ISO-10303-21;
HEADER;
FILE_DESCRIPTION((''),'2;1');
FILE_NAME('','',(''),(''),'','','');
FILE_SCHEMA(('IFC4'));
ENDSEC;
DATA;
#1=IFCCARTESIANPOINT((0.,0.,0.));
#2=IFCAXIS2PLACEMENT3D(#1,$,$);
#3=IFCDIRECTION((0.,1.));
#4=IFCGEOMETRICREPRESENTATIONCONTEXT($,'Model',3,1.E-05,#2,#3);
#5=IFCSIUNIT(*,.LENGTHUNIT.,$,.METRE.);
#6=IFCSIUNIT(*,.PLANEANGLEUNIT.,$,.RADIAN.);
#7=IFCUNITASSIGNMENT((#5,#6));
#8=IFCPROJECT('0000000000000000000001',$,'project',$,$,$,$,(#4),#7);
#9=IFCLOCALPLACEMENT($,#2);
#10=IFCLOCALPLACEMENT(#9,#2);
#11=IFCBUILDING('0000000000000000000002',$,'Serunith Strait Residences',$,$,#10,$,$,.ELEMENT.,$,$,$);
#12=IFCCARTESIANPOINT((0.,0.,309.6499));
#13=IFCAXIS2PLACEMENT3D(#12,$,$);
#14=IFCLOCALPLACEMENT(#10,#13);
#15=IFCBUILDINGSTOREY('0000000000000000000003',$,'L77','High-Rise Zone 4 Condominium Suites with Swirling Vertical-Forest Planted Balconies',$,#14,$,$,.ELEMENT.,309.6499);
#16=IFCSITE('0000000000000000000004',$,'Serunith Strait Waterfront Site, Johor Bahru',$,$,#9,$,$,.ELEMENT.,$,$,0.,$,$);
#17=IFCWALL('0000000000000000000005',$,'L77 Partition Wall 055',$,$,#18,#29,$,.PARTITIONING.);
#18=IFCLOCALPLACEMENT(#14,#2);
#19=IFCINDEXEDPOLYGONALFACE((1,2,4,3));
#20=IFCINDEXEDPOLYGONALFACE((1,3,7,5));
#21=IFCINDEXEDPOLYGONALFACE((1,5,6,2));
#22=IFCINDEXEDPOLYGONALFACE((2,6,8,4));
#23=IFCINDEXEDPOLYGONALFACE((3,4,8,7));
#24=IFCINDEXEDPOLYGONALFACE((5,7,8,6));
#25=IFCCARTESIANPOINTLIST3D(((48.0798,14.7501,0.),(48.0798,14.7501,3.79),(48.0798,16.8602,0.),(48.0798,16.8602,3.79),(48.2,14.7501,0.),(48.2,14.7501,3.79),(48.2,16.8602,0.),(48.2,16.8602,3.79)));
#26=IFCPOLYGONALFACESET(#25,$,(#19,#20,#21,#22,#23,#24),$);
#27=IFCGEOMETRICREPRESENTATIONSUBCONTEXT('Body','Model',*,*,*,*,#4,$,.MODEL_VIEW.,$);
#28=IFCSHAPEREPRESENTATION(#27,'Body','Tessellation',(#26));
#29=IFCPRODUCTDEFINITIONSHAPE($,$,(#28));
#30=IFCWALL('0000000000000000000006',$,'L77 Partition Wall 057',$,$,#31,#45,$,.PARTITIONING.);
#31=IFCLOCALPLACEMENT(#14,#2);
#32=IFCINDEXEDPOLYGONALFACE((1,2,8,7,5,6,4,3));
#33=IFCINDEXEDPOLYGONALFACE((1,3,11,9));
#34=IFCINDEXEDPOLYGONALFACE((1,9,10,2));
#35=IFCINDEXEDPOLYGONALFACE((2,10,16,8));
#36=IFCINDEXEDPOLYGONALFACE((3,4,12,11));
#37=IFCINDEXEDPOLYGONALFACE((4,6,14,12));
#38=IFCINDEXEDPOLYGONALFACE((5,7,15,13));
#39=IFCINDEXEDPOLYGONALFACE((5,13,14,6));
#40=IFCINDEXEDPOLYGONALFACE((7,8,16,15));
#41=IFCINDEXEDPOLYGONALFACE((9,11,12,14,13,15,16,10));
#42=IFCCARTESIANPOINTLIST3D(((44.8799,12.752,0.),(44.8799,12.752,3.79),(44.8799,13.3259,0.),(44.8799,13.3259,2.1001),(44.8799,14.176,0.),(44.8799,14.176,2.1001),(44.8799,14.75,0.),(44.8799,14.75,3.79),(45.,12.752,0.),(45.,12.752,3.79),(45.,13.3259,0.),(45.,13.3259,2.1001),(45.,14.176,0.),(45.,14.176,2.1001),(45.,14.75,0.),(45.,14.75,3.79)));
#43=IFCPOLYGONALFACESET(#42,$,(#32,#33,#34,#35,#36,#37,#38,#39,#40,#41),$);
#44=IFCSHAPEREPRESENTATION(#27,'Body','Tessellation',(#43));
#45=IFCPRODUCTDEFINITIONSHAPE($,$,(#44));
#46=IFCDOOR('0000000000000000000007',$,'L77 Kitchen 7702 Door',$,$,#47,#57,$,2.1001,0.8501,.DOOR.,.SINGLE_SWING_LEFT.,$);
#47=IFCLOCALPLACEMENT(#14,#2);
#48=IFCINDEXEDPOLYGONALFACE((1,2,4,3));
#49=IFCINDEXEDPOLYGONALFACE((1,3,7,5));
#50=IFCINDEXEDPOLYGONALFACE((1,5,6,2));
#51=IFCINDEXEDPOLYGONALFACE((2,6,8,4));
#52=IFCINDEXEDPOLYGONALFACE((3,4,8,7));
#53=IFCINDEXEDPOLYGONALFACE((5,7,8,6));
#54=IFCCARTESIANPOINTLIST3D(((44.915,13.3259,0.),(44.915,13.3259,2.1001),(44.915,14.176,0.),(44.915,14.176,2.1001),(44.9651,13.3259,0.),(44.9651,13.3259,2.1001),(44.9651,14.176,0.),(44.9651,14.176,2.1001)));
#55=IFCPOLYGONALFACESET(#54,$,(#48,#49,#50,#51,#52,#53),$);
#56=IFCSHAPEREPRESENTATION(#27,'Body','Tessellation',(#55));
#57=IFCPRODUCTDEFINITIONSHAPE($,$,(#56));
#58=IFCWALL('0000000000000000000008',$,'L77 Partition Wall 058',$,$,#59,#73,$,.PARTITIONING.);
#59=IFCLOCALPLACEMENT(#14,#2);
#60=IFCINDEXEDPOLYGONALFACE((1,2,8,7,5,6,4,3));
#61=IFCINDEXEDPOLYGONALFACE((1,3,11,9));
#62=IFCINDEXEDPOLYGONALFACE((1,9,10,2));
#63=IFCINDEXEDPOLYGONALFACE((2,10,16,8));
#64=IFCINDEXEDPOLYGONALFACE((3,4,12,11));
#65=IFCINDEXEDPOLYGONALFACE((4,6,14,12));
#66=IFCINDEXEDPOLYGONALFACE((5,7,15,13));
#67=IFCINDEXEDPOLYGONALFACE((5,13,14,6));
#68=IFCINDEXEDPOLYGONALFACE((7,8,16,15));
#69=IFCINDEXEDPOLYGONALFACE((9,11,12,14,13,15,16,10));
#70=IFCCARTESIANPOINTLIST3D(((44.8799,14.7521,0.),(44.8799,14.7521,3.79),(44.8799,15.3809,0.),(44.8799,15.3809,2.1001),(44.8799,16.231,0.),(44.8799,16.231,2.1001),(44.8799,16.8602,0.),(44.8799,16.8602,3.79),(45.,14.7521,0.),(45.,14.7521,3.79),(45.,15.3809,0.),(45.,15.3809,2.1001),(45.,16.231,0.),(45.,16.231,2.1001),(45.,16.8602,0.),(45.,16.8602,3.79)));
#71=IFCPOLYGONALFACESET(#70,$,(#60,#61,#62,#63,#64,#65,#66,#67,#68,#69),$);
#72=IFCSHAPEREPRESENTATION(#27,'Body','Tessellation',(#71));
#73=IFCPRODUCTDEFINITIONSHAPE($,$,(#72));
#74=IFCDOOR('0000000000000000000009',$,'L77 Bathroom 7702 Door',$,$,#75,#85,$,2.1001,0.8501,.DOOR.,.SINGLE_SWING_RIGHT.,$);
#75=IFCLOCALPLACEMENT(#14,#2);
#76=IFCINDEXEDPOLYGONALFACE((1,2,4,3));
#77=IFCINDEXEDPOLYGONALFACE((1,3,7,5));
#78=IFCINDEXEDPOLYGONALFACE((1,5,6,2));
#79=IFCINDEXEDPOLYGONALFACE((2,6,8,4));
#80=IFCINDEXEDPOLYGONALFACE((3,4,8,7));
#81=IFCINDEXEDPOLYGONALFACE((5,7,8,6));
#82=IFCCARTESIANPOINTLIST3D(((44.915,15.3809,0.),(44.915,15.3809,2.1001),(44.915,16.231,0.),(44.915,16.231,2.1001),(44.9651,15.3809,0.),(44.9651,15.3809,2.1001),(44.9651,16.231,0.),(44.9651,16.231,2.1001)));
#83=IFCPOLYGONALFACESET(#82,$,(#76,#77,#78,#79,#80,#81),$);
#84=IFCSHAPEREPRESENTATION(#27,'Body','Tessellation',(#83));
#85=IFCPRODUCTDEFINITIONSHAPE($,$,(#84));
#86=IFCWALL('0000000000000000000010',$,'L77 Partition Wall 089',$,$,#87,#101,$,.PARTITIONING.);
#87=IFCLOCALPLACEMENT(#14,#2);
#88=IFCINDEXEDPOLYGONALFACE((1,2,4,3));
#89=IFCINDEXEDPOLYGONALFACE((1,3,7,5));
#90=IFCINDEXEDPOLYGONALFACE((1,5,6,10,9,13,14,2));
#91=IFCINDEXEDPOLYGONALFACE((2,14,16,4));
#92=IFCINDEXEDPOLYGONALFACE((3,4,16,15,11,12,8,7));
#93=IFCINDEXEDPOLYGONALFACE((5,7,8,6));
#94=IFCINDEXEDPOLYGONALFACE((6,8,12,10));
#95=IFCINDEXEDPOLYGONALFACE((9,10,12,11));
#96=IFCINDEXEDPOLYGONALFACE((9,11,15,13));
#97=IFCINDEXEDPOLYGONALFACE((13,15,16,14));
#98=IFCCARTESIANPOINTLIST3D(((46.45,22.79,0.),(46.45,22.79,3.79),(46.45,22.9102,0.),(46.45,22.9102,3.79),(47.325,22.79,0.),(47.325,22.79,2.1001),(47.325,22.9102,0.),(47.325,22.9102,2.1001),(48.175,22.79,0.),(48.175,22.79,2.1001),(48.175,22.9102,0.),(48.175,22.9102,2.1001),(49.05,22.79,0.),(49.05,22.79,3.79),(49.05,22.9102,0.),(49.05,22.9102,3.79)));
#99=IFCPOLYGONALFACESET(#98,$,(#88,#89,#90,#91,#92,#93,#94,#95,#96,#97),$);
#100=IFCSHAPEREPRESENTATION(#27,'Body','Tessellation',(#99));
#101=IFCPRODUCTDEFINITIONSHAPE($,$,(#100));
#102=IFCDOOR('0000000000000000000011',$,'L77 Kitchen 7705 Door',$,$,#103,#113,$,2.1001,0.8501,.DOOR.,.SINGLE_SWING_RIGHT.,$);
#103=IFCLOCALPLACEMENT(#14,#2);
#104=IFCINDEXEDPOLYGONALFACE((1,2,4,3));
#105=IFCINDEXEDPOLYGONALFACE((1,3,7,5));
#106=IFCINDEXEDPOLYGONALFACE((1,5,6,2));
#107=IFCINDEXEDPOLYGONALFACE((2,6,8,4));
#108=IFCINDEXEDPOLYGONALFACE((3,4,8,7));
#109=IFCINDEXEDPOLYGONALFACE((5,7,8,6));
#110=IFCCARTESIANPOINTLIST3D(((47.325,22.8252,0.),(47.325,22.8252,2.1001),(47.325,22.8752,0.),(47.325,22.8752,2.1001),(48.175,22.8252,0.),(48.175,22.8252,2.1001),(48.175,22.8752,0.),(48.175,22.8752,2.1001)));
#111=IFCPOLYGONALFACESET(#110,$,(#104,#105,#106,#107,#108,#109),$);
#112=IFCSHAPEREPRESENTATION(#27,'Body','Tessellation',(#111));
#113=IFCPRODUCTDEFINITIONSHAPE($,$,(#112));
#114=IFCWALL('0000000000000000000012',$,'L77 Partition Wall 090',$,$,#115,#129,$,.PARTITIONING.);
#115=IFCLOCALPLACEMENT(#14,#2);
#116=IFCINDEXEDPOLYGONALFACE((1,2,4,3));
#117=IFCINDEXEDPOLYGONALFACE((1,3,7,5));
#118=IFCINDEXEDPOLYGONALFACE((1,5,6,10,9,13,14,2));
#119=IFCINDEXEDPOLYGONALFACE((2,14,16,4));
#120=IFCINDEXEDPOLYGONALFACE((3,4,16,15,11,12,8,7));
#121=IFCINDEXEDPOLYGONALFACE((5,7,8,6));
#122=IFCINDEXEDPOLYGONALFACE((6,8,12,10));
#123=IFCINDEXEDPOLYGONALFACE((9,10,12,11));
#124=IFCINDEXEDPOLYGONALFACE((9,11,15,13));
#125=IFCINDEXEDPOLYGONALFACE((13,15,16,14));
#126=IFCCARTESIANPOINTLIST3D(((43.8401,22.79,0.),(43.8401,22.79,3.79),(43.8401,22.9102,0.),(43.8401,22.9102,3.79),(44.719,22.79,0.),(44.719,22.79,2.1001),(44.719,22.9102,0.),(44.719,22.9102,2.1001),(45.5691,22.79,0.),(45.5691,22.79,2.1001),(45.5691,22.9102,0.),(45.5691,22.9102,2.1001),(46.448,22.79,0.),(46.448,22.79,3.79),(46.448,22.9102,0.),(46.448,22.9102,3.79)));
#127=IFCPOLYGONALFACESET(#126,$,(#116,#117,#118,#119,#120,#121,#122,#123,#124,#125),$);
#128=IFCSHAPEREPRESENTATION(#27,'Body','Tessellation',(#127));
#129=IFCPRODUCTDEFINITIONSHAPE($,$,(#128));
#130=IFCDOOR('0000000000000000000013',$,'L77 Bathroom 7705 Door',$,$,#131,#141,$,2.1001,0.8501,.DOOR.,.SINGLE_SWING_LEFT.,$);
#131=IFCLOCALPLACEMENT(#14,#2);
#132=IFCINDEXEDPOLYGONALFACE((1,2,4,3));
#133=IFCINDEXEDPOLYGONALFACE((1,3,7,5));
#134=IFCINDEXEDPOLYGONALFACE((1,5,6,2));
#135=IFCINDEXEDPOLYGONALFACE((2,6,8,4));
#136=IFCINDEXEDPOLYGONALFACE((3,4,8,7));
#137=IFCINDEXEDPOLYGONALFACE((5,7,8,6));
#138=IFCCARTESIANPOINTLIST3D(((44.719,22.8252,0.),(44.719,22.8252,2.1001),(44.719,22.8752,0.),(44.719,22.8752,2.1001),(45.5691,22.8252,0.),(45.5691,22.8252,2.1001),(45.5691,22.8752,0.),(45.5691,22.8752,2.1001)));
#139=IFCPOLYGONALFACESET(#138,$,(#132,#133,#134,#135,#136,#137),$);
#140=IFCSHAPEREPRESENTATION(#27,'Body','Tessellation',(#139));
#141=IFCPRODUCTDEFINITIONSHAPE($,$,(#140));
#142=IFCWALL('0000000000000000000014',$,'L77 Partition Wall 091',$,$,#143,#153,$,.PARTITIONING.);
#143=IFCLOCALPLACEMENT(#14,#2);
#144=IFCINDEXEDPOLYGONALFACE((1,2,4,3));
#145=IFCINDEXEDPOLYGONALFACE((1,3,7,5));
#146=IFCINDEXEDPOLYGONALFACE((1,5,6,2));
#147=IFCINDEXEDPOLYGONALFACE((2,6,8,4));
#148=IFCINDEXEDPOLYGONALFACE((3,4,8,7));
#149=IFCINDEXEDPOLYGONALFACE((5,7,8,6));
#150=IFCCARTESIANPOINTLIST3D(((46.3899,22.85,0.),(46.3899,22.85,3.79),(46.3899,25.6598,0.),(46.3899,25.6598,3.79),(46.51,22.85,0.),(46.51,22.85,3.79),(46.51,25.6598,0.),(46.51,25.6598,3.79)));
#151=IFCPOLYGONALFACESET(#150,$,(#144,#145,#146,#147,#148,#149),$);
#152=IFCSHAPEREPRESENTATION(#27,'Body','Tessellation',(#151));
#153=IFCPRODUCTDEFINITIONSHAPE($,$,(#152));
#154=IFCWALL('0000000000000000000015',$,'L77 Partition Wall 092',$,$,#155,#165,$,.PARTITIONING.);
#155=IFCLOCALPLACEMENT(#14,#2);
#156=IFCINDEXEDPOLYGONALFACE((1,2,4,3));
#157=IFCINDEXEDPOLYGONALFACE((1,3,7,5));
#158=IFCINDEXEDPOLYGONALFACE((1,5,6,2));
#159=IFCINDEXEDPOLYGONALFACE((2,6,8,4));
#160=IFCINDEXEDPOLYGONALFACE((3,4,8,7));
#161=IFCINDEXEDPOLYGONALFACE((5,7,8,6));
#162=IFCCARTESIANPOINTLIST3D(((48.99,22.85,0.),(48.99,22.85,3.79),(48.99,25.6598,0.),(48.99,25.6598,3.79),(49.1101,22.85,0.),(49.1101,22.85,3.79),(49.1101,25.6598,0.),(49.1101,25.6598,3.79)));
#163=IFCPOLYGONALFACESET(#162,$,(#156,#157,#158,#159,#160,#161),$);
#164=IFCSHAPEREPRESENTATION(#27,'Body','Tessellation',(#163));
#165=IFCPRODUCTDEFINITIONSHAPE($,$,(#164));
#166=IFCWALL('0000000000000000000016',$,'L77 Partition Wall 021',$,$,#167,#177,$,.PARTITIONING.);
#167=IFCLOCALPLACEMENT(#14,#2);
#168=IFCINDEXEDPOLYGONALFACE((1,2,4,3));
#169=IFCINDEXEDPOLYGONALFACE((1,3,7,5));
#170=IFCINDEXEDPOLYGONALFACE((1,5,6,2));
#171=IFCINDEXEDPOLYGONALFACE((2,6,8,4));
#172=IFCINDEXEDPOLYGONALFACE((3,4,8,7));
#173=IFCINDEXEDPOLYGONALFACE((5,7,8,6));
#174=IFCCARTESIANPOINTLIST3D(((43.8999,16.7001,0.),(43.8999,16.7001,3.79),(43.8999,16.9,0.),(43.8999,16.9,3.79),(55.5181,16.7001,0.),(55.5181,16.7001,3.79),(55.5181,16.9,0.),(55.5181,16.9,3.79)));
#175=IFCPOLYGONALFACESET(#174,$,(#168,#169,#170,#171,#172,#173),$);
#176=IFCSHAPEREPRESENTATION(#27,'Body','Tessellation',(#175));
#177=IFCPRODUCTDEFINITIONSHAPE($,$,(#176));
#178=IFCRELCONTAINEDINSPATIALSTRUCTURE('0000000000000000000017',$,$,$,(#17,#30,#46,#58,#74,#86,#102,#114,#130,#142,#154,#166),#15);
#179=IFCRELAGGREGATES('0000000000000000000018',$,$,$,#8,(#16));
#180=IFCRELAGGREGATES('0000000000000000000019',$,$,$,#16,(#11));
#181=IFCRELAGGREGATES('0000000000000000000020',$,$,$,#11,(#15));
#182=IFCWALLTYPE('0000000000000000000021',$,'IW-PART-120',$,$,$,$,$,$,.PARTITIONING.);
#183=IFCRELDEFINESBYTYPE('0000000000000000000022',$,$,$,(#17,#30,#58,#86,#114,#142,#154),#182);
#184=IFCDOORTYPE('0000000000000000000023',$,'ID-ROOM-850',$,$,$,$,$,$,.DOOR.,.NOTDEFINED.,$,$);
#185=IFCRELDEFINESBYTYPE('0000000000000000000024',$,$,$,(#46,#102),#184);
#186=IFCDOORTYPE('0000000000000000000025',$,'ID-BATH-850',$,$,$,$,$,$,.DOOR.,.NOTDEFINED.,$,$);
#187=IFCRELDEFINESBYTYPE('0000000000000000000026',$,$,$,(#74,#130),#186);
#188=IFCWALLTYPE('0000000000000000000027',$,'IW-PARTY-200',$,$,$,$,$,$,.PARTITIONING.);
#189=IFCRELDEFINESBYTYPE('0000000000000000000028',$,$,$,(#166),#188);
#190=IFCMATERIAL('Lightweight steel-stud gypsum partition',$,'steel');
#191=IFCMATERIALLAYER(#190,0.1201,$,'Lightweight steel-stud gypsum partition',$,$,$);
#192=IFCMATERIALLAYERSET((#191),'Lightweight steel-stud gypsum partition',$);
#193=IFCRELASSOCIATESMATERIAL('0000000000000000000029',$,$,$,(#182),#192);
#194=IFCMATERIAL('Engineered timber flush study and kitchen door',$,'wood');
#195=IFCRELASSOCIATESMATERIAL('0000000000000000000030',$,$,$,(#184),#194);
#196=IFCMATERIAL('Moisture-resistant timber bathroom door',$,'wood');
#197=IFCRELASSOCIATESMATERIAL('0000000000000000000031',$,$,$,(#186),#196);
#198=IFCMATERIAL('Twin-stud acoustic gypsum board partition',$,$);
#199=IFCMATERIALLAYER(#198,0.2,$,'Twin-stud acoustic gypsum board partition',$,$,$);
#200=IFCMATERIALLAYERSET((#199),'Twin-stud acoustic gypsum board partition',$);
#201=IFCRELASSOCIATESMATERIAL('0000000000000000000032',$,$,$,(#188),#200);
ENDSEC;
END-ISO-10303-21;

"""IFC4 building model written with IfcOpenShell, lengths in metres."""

from ifc_helpers import new_model, si_unit, direction, frame, frame_2d, origin, place, context, subcontext, project, spatial, rectangle, extrude, source, transform, mapped, material, layer, layer_set, type_object, element, fill, save


model = new_model("IFC4")

# Units and contexts
model_context = context("Model", 3, precision=1e-05, world=origin(), true_north=direction((0.0, 1.0)))
body_context = subcontext(model_context, "Body", "Model", "MODEL_VIEW")
ifc_project = project(units=[si_unit("LENGTHUNIT", "METRE"), si_unit("PLANEANGLEUNIT", "RADIAN")], contexts=[model_context])

# Site, building, storey
site_placement = place(None, origin())
site = spatial("IfcSite", under=ifc_project, at=site_placement, Name="Serunith Strait Waterfront Site, Johor Bahru", CompositionType="ELEMENT", RefElevation=0.0)
building_placement = place(site_placement, origin())
building = spatial("IfcBuilding", under=site, at=building_placement, Name="Serunith Strait Residences", CompositionType="ELEMENT")
storey_placement = place(building_placement, frame((0.0, 0.0, 309.6499)))
storey = spatial("IfcBuildingStorey", under=building, at=storey_placement, Name="L77", Description="High-Rise Zone 4 Condominium Suites with Swirling Vertical-Forest Planted Balconies", CompositionType="ELEMENT", Elevation=309.6499)

# Wall
ifc_material_1 = material(Name="Lightweight steel-stud gypsum partition", Category="steel")
ifc_layer_1 = layer(ifc_material_1, 0.1201, Name="Lightweight steel-stud gypsum partition")
ifc_layer_set_1 = layer_set([ifc_layer_1], Name="Lightweight steel-stud gypsum partition")
wall_type_1 = type_object("IfcWallType", Name="IW-PART-120", PredefinedType="PARTITIONING", material=ifc_layer_set_1)
wall_1_placement = place(storey_placement, frame((48.1399, 14.75, 0.0), z_axis=(0.0, 0.0, 1.0), x_axis=(0.0, 1.0, 0.0)))
element("IfcWall", 1, at=wall_1_placement, inside=storey, type_object=wall_type_1, Name="L77 Partition Wall 055", PredefinedType="PARTITIONING", context=body_context, shape_type="SweptSolid", body=[
    extrude(rectangle(XDim=2.1101, YDim=0.1201, at=frame_2d((1.0552, 0.0))), origin(), (0.0, 0.0, 1.0), 3.79),
])

# Walls, openings, doors
wall_2_placement = place(storey_placement, frame((44.9399, 12.752, 0.0), z_axis=(0.0, 0.0, 1.0), x_axis=(0.0, 1.0, 0.0)))
wall_2 = element("IfcWall", 2, at=wall_2_placement, inside=storey, type_object=wall_type_1, Name="L77 Partition Wall 057", PredefinedType="PARTITIONING", context=body_context, shape_type="SweptSolid", body=[
    extrude(rectangle(XDim=1.998, YDim=0.1201, at=frame_2d((0.999, 0.0))), origin(), (0.0, 0.0, 1.0), 3.79),
])
opening_1_placement = place(wall_2_placement, frame((0.574, 0.0, 0.0)))
opening_1 = element("IfcOpeningElement", 3, at=opening_1_placement, cuts=wall_2, PredefinedType="OPENING", context=body_context, shape_type="SweptSolid", body=[
    extrude(rectangle(XDim=0.8501, YDim=2.1001, at=frame_2d((0.425, 1.05))), frame((0.0, 0.0701, 0.0), z_axis=(0.0, -1.0, 0.0), x_axis=(1.0, 0.0, 0.0)), (0.0, 0.0, 1.0), 0.1401),
])
ifc_material_2 = material(Name="Engineered timber flush study and kitchen door", Category="wood")
door_type_1 = type_object("IfcDoorType", Name="ID-ROOM-850", OperationType="NOTDEFINED", PredefinedType="DOOR", material=ifc_material_2)
shared_shape_1 = source(origin(), body_context, "Body", "SweptSolid", [
    extrude(rectangle(XDim=0.8501, YDim=2.1001, at=frame_2d((0.425, 1.05))), frame((0.0, 0.0249, 0.0), z_axis=(0.0, -1.0, 0.0), x_axis=(1.0, 0.0, 0.0)), (0.0, 0.0, 1.0), 0.05),
])
door_1_placement = place(opening_1_placement, origin())
door_1 = element("IfcDoor", 4, at=door_1_placement, inside=storey, type_object=door_type_1, Name="L77 Kitchen 7702 Door", OperationType="SINGLE_SWING_LEFT", OverallHeight=2.1001, OverallWidth=0.8501, PredefinedType="DOOR", context=body_context, shape_type="MappedRepresentation", body=[
    mapped(shared_shape_1, transform((0.0, 0.0, 0.0), scale=1.0)),
])
fill(opening_1, door_1)
wall_3_placement = place(storey_placement, frame((44.9399, 14.752, 0.0), z_axis=(0.0, 0.0, 1.0), x_axis=(0.0, 1.0, 0.0)))
wall_3 = element("IfcWall", 5, at=wall_3_placement, inside=storey, type_object=wall_type_1, Name="L77 Partition Wall 058", PredefinedType="PARTITIONING", context=body_context, shape_type="SweptSolid", body=[
    extrude(rectangle(XDim=2.1082, YDim=0.1201, at=frame_2d((1.0542, 0.0))), origin(), (0.0, 0.0, 1.0), 3.79),
])
opening_2_placement = place(wall_3_placement, frame((0.6289, 0.0, 0.0)))
opening_2 = element("IfcOpeningElement", 6, at=opening_2_placement, cuts=wall_3, PredefinedType="OPENING", context=body_context, shape_type="SweptSolid", body=[
    extrude(rectangle(XDim=0.8501, YDim=2.1001, at=frame_2d((0.425, 1.05))), frame((0.0, 0.0701, 0.0), z_axis=(0.0, -1.0, 0.0), x_axis=(1.0, 0.0, 0.0)), (0.0, 0.0, 1.0), 0.1401),
])
ifc_material_3 = material(Name="Moisture-resistant timber bathroom door", Category="wood")
door_type_2 = type_object("IfcDoorType", Name="ID-BATH-850", OperationType="NOTDEFINED", PredefinedType="DOOR", material=ifc_material_3)
door_2_placement = place(opening_2_placement, origin())
door_2 = element("IfcDoor", 7, at=door_2_placement, inside=storey, type_object=door_type_2, Name="L77 Bathroom 7702 Door", OperationType="SINGLE_SWING_RIGHT", OverallHeight=2.1001, OverallWidth=0.8501, PredefinedType="DOOR", context=body_context, shape_type="MappedRepresentation", body=[
    mapped(shared_shape_1, transform((0.0, 0.0, 0.0), scale=1.0)),
])
fill(opening_2, door_2)
wall_4_placement = place(storey_placement, frame((49.05, 22.8501, 0.0), z_axis=(0.0, 0.0, 1.0), x_axis=(-1.0, 0.0, 0.0)))
wall_4 = element("IfcWall", 8, at=wall_4_placement, inside=storey, type_object=wall_type_1, Name="L77 Partition Wall 089", PredefinedType="PARTITIONING", context=body_context, shape_type="SweptSolid", body=[
    extrude(rectangle(XDim=2.6001, YDim=0.1201, at=frame_2d((1.3, 0.0))), origin(), (0.0, 0.0, 1.0), 3.79),
])
opening_3_placement = place(wall_4_placement, frame((0.875, 0.0, 0.0)))
opening_3 = element("IfcOpeningElement", 9, at=opening_3_placement, cuts=wall_4, PredefinedType="OPENING", context=body_context, shape_type="SweptSolid", body=[
    extrude(rectangle(XDim=0.8501, YDim=2.1001, at=frame_2d((0.425, 1.05))), frame((0.0, 0.0701, 0.0), z_axis=(0.0, -1.0, 0.0), x_axis=(1.0, 0.0, 0.0)), (0.0, 0.0, 1.0), 0.1401),
])
door_3_placement = place(opening_3_placement, origin())
door_3 = element("IfcDoor", 10, at=door_3_placement, inside=storey, type_object=door_type_1, Name="L77 Kitchen 7705 Door", OperationType="SINGLE_SWING_RIGHT", OverallHeight=2.1001, OverallWidth=0.8501, PredefinedType="DOOR", context=body_context, shape_type="MappedRepresentation", body=[
    mapped(shared_shape_1, transform((0.0, 0.0, 0.0), scale=1.0)),
])
fill(opening_3, door_3)
wall_5_placement = place(storey_placement, frame((46.448, 22.8501, 0.0), z_axis=(0.0, 0.0, 1.0), x_axis=(-1.0, 0.0, 0.0)))
wall_5 = element("IfcWall", 11, at=wall_5_placement, inside=storey, type_object=wall_type_1, Name="L77 Partition Wall 090", PredefinedType="PARTITIONING", context=body_context, shape_type="SweptSolid", body=[
    extrude(rectangle(XDim=2.6079, YDim=0.1201, at=frame_2d((1.304, 0.0))), origin(), (0.0, 0.0, 1.0), 3.79),
])
opening_4_placement = place(wall_5_placement, frame((0.8789, 0.0, 0.0)))
opening_4 = element("IfcOpeningElement", 12, at=opening_4_placement, cuts=wall_5, PredefinedType="OPENING", context=body_context, shape_type="SweptSolid", body=[
    extrude(rectangle(XDim=0.8501, YDim=2.1001, at=frame_2d((0.425, 1.05))), frame((0.0, 0.0701, 0.0), z_axis=(0.0, -1.0, 0.0), x_axis=(1.0, 0.0, 0.0)), (0.0, 0.0, 1.0), 0.1401),
])
door_4_placement = place(opening_4_placement, origin())
door_4 = element("IfcDoor", 13, at=door_4_placement, inside=storey, type_object=door_type_2, Name="L77 Bathroom 7705 Door", OperationType="SINGLE_SWING_LEFT", OverallHeight=2.1001, OverallWidth=0.8501, PredefinedType="DOOR", context=body_context, shape_type="MappedRepresentation", body=[
    mapped(shared_shape_1, transform((0.0, 0.0, 0.0), scale=1.0)),
])
fill(opening_4, door_4)

# Walls
for number, where, z_axis, x_axis, name in (
    (14, (46.45, 22.8501, 0.0), (0.0, 0.0, 1.0), (0.0, 1.0, 0.0), "L77 Partition Wall 091"),
    (15, (49.05, 22.8501, 0.0), (0.0, 0.0, 1.0), (0.0, 1.0, 0.0), "L77 Partition Wall 092"),
):
    element("IfcWall", number, at=place(storey_placement, frame(where, z_axis=z_axis, x_axis=x_axis)), inside=storey, type_object=wall_type_1, Name=name, PredefinedType="PARTITIONING", context=body_context, shape_type="SweptSolid", body=[
        extrude(rectangle(XDim=2.8098, YDim=0.1201, at=frame_2d((1.4048, 0.0))), origin(), (0.0, 0.0, 1.0), 3.79),
    ])
ifc_material_4 = material(Name="Twin-stud acoustic gypsum board partition")
ifc_layer_2 = layer(ifc_material_4, 0.2, Name="Twin-stud acoustic gypsum board partition")
ifc_layer_set_2 = layer_set([ifc_layer_2], Name="Twin-stud acoustic gypsum board partition")
wall_type_2 = type_object("IfcWallType", Name="IW-PARTY-200", PredefinedType="PARTITIONING", material=ifc_layer_set_2)
wall_6_placement = place(storey_placement, frame((43.8999, 16.8, 0.0), z_axis=(0.0, 0.0, 1.0), x_axis=(1.0, 0.0, 0.0)))
element("IfcWall", 16, at=wall_6_placement, inside=storey, type_object=wall_type_2, Name="L77 Partition Wall 021", PredefinedType="PARTITIONING", context=body_context, shape_type="SweptSolid", body=[
    extrude(rectangle(XDim=11.6182, YDim=0.2, at=frame_2d((5.8091, 0.0))), origin(), (0.0, 0.0, 1.0), 3.79),
])

save(model, "model.ifc")
